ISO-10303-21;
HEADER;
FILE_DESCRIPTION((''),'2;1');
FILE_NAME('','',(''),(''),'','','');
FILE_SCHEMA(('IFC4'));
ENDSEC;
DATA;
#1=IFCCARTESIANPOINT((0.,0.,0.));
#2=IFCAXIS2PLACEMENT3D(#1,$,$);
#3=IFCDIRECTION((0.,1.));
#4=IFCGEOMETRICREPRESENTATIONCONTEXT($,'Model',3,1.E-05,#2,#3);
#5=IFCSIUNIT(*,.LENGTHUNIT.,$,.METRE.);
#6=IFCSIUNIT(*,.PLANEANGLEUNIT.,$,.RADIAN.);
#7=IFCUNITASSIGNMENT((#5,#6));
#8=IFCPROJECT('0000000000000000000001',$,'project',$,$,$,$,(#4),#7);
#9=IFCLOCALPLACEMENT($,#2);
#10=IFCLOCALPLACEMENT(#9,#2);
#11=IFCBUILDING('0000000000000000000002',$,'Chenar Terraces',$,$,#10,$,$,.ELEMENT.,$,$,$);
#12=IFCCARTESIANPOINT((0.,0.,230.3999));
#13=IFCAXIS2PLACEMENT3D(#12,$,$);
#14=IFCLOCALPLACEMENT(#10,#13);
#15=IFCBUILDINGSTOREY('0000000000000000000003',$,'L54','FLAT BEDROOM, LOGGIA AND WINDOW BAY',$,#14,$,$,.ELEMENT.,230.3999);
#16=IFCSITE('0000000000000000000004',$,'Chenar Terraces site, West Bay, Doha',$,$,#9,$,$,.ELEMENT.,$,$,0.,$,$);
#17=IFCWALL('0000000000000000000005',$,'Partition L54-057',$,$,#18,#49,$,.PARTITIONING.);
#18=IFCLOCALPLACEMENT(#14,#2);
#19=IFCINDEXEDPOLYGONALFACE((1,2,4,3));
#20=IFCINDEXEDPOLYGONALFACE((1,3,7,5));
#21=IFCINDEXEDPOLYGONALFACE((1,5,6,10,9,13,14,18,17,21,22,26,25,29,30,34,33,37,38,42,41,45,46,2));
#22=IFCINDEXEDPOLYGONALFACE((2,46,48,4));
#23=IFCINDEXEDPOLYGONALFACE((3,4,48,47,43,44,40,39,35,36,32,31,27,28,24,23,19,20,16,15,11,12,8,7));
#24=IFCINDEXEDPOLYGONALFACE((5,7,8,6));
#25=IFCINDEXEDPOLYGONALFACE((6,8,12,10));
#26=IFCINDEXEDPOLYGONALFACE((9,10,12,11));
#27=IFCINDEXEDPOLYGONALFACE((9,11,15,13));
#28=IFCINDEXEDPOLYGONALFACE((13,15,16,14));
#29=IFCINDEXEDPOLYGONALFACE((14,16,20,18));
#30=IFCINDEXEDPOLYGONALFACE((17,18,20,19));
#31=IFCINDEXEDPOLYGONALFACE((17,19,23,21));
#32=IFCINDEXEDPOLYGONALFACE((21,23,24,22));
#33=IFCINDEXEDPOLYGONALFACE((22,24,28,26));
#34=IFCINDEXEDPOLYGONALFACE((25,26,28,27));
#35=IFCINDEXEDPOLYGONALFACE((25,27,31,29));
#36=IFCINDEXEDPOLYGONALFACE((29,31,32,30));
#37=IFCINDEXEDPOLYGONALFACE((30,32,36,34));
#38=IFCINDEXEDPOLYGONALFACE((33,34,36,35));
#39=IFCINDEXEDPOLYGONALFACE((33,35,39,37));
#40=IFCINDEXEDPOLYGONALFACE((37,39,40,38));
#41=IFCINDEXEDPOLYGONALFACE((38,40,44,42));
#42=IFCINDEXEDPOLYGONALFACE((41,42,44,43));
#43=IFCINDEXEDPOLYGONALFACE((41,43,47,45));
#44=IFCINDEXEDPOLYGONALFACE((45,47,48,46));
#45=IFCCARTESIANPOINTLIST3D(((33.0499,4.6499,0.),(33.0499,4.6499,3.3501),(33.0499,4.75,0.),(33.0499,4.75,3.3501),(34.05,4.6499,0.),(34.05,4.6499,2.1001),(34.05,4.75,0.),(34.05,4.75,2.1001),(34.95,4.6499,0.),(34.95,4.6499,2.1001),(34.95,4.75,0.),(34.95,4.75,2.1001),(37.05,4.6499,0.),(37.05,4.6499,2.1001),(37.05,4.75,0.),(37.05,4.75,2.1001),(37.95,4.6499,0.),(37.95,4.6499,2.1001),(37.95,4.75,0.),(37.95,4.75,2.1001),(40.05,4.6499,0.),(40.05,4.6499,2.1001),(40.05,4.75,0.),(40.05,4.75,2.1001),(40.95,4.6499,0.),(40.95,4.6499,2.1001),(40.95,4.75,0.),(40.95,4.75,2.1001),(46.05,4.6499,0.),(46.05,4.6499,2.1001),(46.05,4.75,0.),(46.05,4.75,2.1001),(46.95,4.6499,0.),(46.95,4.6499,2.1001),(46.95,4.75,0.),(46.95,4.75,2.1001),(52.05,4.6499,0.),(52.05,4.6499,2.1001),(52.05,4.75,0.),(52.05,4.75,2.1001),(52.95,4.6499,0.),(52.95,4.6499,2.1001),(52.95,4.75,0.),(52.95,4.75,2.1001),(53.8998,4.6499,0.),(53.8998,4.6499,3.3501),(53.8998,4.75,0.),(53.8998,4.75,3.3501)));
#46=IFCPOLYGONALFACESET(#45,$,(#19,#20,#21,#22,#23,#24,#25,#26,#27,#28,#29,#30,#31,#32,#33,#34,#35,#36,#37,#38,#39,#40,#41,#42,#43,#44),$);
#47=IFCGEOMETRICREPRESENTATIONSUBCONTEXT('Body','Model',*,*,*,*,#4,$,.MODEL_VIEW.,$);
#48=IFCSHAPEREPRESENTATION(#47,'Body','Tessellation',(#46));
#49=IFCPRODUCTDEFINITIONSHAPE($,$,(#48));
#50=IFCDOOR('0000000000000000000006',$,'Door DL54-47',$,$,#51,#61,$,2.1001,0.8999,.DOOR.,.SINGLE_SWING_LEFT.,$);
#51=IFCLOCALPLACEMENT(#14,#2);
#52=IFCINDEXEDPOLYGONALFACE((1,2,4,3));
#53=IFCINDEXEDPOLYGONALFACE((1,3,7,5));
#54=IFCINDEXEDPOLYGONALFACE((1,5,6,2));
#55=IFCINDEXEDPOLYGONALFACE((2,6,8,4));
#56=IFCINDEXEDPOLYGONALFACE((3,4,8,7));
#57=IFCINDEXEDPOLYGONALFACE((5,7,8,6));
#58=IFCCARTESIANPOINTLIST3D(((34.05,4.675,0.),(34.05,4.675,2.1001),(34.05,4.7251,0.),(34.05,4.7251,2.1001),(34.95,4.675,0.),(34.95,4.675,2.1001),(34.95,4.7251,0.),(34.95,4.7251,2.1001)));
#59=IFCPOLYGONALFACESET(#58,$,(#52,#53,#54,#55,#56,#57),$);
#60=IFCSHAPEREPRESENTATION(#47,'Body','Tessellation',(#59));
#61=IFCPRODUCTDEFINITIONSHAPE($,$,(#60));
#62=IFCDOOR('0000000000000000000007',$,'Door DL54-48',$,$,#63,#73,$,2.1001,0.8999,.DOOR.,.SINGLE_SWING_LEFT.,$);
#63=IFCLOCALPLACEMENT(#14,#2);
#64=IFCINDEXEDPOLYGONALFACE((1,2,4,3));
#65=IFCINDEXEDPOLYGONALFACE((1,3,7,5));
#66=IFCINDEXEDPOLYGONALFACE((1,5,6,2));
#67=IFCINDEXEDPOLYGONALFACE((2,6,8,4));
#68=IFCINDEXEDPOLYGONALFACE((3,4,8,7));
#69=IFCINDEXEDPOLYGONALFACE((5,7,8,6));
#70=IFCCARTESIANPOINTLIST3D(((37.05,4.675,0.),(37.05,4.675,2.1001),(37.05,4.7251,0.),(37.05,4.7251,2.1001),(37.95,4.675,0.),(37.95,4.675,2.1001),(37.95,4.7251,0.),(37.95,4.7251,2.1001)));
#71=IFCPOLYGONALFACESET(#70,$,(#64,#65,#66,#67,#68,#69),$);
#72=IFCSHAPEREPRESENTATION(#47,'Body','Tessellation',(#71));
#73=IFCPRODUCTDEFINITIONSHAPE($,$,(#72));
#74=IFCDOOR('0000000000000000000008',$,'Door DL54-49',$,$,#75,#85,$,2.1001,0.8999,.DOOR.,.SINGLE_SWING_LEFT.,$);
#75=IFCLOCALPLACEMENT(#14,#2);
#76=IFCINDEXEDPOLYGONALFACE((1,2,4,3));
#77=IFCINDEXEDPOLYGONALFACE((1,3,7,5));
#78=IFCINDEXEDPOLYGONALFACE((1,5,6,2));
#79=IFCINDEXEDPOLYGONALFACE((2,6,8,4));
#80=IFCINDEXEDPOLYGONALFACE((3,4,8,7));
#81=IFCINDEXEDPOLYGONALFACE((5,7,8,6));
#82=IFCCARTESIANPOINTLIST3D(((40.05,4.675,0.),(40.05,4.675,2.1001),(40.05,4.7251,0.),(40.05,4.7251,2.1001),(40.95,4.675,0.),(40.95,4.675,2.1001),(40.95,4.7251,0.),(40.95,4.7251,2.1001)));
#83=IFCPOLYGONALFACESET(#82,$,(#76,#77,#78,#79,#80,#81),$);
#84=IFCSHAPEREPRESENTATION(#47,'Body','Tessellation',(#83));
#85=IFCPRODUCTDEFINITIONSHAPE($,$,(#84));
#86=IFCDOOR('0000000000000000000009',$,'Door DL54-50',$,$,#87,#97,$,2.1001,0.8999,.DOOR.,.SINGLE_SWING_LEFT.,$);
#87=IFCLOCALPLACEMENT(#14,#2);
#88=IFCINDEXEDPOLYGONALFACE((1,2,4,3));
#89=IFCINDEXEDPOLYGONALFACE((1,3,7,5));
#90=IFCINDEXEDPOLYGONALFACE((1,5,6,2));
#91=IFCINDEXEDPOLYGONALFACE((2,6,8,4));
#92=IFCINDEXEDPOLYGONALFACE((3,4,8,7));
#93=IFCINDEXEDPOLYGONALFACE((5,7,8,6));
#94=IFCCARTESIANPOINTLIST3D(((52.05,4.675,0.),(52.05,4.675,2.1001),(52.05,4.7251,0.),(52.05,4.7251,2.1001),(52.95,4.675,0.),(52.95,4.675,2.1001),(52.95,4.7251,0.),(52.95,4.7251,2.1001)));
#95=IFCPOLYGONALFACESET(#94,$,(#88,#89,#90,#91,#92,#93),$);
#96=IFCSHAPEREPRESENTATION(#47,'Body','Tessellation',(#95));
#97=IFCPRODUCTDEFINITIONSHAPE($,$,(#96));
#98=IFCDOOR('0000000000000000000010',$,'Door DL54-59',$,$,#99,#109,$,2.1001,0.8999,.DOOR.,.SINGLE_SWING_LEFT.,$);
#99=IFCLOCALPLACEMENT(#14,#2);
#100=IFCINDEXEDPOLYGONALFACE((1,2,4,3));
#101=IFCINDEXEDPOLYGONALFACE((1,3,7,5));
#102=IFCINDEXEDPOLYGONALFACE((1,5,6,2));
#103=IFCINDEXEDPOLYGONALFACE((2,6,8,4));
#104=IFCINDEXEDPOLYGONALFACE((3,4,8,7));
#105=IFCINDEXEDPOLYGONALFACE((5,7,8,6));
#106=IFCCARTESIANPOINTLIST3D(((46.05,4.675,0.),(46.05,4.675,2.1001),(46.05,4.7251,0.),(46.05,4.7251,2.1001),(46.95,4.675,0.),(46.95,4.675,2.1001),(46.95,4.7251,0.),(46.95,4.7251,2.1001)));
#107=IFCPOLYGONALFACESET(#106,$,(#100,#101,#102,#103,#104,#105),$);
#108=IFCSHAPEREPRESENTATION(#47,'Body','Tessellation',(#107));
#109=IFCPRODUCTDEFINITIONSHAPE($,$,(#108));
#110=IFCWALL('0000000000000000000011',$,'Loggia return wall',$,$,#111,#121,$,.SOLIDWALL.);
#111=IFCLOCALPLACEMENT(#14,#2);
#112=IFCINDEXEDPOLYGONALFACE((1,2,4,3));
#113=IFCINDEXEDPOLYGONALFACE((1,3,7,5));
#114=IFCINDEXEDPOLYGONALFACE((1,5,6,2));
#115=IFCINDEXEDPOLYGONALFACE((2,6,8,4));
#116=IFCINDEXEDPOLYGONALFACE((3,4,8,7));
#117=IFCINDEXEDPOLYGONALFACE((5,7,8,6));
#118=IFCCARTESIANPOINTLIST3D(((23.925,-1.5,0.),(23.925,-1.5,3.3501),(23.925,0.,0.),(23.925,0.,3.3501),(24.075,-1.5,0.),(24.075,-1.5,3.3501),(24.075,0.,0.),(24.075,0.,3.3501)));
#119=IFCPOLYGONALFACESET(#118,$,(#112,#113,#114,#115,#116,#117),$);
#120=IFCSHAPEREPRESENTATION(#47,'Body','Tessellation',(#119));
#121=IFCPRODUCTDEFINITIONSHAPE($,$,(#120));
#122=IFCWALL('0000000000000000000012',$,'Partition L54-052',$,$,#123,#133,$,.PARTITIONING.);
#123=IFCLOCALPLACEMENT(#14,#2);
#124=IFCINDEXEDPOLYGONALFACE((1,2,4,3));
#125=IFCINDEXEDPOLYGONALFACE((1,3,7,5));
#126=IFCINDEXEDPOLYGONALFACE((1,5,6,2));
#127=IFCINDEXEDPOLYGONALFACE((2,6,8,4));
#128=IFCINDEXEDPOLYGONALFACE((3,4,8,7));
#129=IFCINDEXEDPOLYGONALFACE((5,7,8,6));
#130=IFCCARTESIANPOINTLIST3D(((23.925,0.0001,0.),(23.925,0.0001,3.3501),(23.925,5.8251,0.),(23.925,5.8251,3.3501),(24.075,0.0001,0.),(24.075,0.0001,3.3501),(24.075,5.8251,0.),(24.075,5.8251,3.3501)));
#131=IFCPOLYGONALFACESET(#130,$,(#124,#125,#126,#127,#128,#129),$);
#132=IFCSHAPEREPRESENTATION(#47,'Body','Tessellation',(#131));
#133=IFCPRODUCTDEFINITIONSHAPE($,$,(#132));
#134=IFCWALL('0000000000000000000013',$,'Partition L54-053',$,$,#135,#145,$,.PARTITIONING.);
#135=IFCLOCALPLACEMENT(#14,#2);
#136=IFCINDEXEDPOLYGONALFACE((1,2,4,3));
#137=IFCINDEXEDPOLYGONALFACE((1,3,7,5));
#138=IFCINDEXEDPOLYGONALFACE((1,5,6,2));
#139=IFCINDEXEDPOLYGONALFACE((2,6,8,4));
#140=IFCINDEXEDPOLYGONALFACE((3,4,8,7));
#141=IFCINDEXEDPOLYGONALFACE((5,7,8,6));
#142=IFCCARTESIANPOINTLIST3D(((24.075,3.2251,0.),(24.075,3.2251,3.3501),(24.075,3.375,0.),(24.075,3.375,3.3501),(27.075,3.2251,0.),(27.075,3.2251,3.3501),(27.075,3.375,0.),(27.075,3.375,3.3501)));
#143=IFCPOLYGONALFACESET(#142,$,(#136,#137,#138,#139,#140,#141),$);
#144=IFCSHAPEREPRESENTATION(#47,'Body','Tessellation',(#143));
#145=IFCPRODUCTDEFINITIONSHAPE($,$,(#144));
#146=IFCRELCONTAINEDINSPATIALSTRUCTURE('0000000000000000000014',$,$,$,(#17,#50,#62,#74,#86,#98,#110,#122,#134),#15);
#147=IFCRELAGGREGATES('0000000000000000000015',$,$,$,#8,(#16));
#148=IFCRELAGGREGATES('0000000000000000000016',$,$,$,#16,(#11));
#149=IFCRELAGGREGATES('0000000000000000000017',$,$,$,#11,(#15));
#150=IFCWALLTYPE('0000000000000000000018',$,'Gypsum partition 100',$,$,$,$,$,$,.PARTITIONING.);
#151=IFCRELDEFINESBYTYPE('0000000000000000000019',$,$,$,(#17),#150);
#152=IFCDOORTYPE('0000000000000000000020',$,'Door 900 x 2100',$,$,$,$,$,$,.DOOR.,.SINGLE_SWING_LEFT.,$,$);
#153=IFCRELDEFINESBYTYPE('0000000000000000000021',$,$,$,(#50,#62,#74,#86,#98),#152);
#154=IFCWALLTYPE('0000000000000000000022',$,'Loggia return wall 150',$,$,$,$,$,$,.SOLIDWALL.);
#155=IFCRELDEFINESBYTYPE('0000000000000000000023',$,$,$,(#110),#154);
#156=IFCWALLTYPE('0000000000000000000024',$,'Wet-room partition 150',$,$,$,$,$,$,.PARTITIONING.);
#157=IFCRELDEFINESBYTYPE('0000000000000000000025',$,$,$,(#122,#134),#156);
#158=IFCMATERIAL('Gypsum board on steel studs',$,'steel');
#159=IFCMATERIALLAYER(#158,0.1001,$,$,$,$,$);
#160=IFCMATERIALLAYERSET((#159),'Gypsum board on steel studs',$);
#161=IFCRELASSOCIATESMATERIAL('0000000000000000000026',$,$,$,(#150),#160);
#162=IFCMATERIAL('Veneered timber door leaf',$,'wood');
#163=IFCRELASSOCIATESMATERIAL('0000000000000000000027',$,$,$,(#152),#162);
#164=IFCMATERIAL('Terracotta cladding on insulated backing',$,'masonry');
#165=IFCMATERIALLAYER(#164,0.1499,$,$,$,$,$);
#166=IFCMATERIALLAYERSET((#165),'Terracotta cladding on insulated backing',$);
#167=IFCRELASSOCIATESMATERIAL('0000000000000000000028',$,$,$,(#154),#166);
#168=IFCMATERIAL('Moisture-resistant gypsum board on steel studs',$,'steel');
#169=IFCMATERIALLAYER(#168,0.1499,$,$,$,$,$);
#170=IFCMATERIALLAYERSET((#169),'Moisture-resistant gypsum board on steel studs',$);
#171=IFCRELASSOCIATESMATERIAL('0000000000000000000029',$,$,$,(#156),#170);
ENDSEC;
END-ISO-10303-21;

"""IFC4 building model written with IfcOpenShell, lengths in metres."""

from ifc_helpers import new_model, si_unit, direction, frame, frame_2d, origin, place, context, subcontext, project, spatial, rectangle, extrude, material, layer, layer_set, type_object, element, fill, save


model = new_model("IFC4")

# Units and contexts
model_context = context("Model", 3, precision=1e-05, world=origin(), true_north=direction((0.0, 1.0)))
body_context = subcontext(model_context, "Body", "Model", "MODEL_VIEW")
ifc_project = project(units=[si_unit("LENGTHUNIT", "METRE"), si_unit("PLANEANGLEUNIT", "RADIAN")], contexts=[model_context])

# Site, building, storey
site_placement = place(None, origin())
site = spatial("IfcSite", under=ifc_project, at=site_placement, Name="Chenar Terraces site, West Bay, Doha", CompositionType="ELEMENT", RefElevation=0.0)
building_placement = place(site_placement, origin())
building = spatial("IfcBuilding", under=site, at=building_placement, Name="Chenar Terraces", CompositionType="ELEMENT")
storey_placement = place(building_placement, frame((0.0, 0.0, 230.3999)))
storey = spatial("IfcBuildingStorey", under=building, at=storey_placement, Name="L54", Description="FLAT BEDROOM, LOGGIA AND WINDOW BAY", CompositionType="ELEMENT", Elevation=230.3999)

# Shared definitions
ifc_material_1 = material(Name="Gypsum board on steel studs", Category="steel")
ifc_layer_1 = layer(ifc_material_1, 0.1001)
ifc_layer_set_1 = layer_set([ifc_layer_1], Name="Gypsum board on steel studs")
wall_type_1 = type_object("IfcWallType", Name="Gypsum partition 100", PredefinedType="PARTITIONING", material=ifc_layer_set_1)

# Shared definitions
ifc_material_2 = material(Name="Veneered timber door leaf", Category="wood")
door_type_1 = type_object("IfcDoorType", Name="Door 900 x 2100", OperationType="SINGLE_SWING_LEFT", PredefinedType="DOOR", material=ifc_material_2)

# Wall, openings, doors
wall_1_placement = place(storey_placement, frame((33.05, 4.7, 0.0), z_axis=(0.0, 0.0, 1.0), x_axis=(1.0, 0.0, 0.0)))
wall_1 = element("IfcWall", 1, at=wall_1_placement, inside=storey, type_object=wall_type_1, Name="Partition L54-057", PredefinedType="PARTITIONING", context=body_context, shape_type="SweptSolid", body=[
    extrude(rectangle(XDim=20.8499, YDim=0.1001, at=frame_2d((10.4248, 0.0))), origin(), (0.0, 0.0, 1.0), 3.3501),
])
opening_1_placement = place(wall_1_placement, frame((1.0, 0.0, 0.0)))
opening_1 = element("IfcOpeningElement", 2, at=opening_1_placement, cuts=wall_1, PredefinedType="OPENING", context=body_context, shape_type="SweptSolid", body=[
    extrude(rectangle(XDim=0.8999, YDim=2.1001, at=frame_2d((0.45, 1.05))), frame((0.0, 0.0601, 0.0), z_axis=(0.0, -1.0, 0.0), x_axis=(1.0, 0.0, 0.0)), (0.0, 0.0, 1.0), 0.1201),
])
opening_2_placement = place(wall_1_placement, frame((4.0, 0.0, 0.0)))
opening_2 = element("IfcOpeningElement", 3, at=opening_2_placement, cuts=wall_1, PredefinedType="OPENING", context=body_context, shape_type="SweptSolid", body=[
    extrude(rectangle(XDim=0.8999, YDim=2.1001, at=frame_2d((0.45, 1.05))), frame((0.0, 0.0601, 0.0), z_axis=(0.0, -1.0, 0.0), x_axis=(1.0, 0.0, 0.0)), (0.0, 0.0, 1.0), 0.1201),
])
opening_3_placement = place(wall_1_placement, frame((7.0, 0.0, 0.0)))
opening_3 = element("IfcOpeningElement", 4, at=opening_3_placement, cuts=wall_1, PredefinedType="OPENING", context=body_context, shape_type="SweptSolid", body=[
    extrude(rectangle(XDim=0.8999, YDim=2.1001, at=frame_2d((0.45, 1.05))), frame((0.0, 0.0601, 0.0), z_axis=(0.0, -1.0, 0.0), x_axis=(1.0, 0.0, 0.0)), (0.0, 0.0, 1.0), 0.1201),
])
opening_4_placement = place(wall_1_placement, frame((19.0, 0.0, 0.0)))
opening_4 = element("IfcOpeningElement", 5, at=opening_4_placement, cuts=wall_1, PredefinedType="OPENING", context=body_context, shape_type="SweptSolid", body=[
    extrude(rectangle(XDim=0.8999, YDim=2.1001, at=frame_2d((0.45, 1.05))), frame((0.0, 0.0601, 0.0), z_axis=(0.0, -1.0, 0.0), x_axis=(1.0, 0.0, 0.0)), (0.0, 0.0, 1.0), 0.1201),
])
opening_5_placement = place(wall_1_placement, frame((13.0, 0.0, 0.0)))
opening_5 = element("IfcOpeningElement", 6, at=opening_5_placement, cuts=wall_1, PredefinedType="OPENING", context=body_context, shape_type="SweptSolid", body=[
    extrude(rectangle(XDim=0.8999, YDim=2.1001, at=frame_2d((0.45, 1.05))), frame((0.0, 0.0601, 0.0), z_axis=(0.0, -1.0, 0.0), x_axis=(1.0, 0.0, 0.0)), (0.0, 0.0, 1.0), 0.1201),
])
door_1_placement = place(opening_1_placement, frame((0.8999, 0.0, 0.0), z_axis=(0.0, 0.0, 1.0), x_axis=(-1.0, 0.0, 0.0)))
door_1 = element("IfcDoor", 7, at=door_1_placement, inside=storey, type_object=door_type_1, Name="Door DL54-47", OperationType="SINGLE_SWING_LEFT", OverallHeight=2.1001, OverallWidth=0.8999, PredefinedType="DOOR", context=body_context, shape_type="SweptSolid", body=[
    extrude(rectangle(XDim=0.8999, YDim=2.1001, at=frame_2d((0.45, 1.05))), frame((0.0, 0.0249, 0.0), z_axis=(0.0, -1.0, 0.0), x_axis=(1.0, 0.0, 0.0)), (0.0, 0.0, 1.0), 0.05),
])
fill(opening_1, door_1)
door_2_placement = place(opening_2_placement, frame((0.8999, 0.0, 0.0), z_axis=(0.0, 0.0, 1.0), x_axis=(-1.0, 0.0, 0.0)))
door_2 = element("IfcDoor", 8, at=door_2_placement, inside=storey, type_object=door_type_1, Name="Door DL54-48", OperationType="SINGLE_SWING_LEFT", OverallHeight=2.1001, OverallWidth=0.8999, PredefinedType="DOOR", context=body_context, shape_type="SweptSolid", body=[
    extrude(rectangle(XDim=0.8999, YDim=2.1001, at=frame_2d((0.45, 1.05))), frame((0.0, 0.0249, 0.0), z_axis=(0.0, -1.0, 0.0), x_axis=(1.0, 0.0, 0.0)), (0.0, 0.0, 1.0), 0.05),
])
fill(opening_2, door_2)
door_3_placement = place(opening_3_placement, frame((0.8999, 0.0, 0.0), z_axis=(0.0, 0.0, 1.0), x_axis=(-1.0, 0.0, 0.0)))
door_3 = element("IfcDoor", 9, at=door_3_placement, inside=storey, type_object=door_type_1, Name="Door DL54-49", OperationType="SINGLE_SWING_LEFT", OverallHeight=2.1001, OverallWidth=0.8999, PredefinedType="DOOR", context=body_context, shape_type="SweptSolid", body=[
    extrude(rectangle(XDim=0.8999, YDim=2.1001, at=frame_2d((0.45, 1.05))), frame((0.0, 0.0249, 0.0), z_axis=(0.0, -1.0, 0.0), x_axis=(1.0, 0.0, 0.0)), (0.0, 0.0, 1.0), 0.05),
])
fill(opening_3, door_3)
door_4_placement = place(opening_4_placement, frame((0.8999, 0.0, 0.0), z_axis=(0.0, 0.0, 1.0), x_axis=(-1.0, 0.0, 0.0)))
door_4 = element("IfcDoor", 10, at=door_4_placement, inside=storey, type_object=door_type_1, Name="Door DL54-50", OperationType="SINGLE_SWING_LEFT", OverallHeight=2.1001, OverallWidth=0.8999, PredefinedType="DOOR", context=body_context, shape_type="SweptSolid", body=[
    extrude(rectangle(XDim=0.8999, YDim=2.1001, at=frame_2d((0.45, 1.05))), frame((0.0, 0.0249, 0.0), z_axis=(0.0, -1.0, 0.0), x_axis=(1.0, 0.0, 0.0)), (0.0, 0.0, 1.0), 0.05),
])
fill(opening_4, door_4)
door_5_placement = place(opening_5_placement, frame((0.8999, 0.0, 0.0), z_axis=(0.0, 0.0, 1.0), x_axis=(-1.0, 0.0, 0.0)))
door_5 = element("IfcDoor", 11, at=door_5_placement, inside=storey, type_object=door_type_1, Name="Door DL54-59", OperationType="SINGLE_SWING_LEFT", OverallHeight=2.1001, OverallWidth=0.8999, PredefinedType="DOOR", context=body_context, shape_type="SweptSolid", body=[
    extrude(rectangle(XDim=0.8999, YDim=2.1001, at=frame_2d((0.45, 1.05))), frame((0.0, 0.0249, 0.0), z_axis=(0.0, -1.0, 0.0), x_axis=(1.0, 0.0, 0.0)), (0.0, 0.0, 1.0), 0.05),
])
fill(opening_5, door_5)

# Walls
ifc_material_3 = material(Name="Terracotta cladding on insulated backing", Category="masonry")
ifc_layer_2 = layer(ifc_material_3, 0.1499)
ifc_layer_set_2 = layer_set([ifc_layer_2], Name="Terracotta cladding on insulated backing")
wall_type_2 = type_object("IfcWallType", Name="Loggia return wall 150", PredefinedType="SOLIDWALL", material=ifc_layer_set_2)
wall_2_placement = place(storey_placement, frame((24.0, -1.5, 0.0), z_axis=(0.0, 0.0, 1.0), x_axis=(0.0, 1.0, 0.0)))
element("IfcWall", 12, at=wall_2_placement, inside=storey, type_object=wall_type_2, Name="Loggia return wall", PredefinedType="SOLIDWALL", context=body_context, shape_type="SweptSolid", body=[
    extrude(rectangle(XDim=1.5, YDim=0.1499, at=frame_2d((0.75, 0.0))), origin(), (0.0, 0.0, 1.0), 3.3501),
])
ifc_material_4 = material(Name="Moisture-resistant gypsum board on steel studs", Category="steel")
ifc_layer_3 = layer(ifc_material_4, 0.1499)
ifc_layer_set_3 = layer_set([ifc_layer_3], Name="Moisture-resistant gypsum board on steel studs")
wall_type_3 = type_object("IfcWallType", Name="Wet-room partition 150", PredefinedType="PARTITIONING", material=ifc_layer_set_3)
wall_3_placement = place(storey_placement, frame((24.0, 0.0, 0.0), z_axis=(0.0, 0.0, 1.0), x_axis=(0.0, 1.0, 0.0)))
element("IfcWall", 13, at=wall_3_placement, inside=storey, type_object=wall_type_3, Name="Partition L54-052", PredefinedType="PARTITIONING", context=body_context, shape_type="SweptSolid", body=[
    extrude(rectangle(XDim=5.825, YDim=0.1499, at=frame_2d((2.9126, 0.0))), origin(), (0.0, 0.0, 1.0), 3.3501),
])
wall_4_placement = place(storey_placement, frame((24.075, 3.3, 0.0), z_axis=(0.0, 0.0, 1.0), x_axis=(1.0, 0.0, 0.0)))
element("IfcWall", 14, at=wall_4_placement, inside=storey, type_object=wall_type_3, Name="Partition L54-053", PredefinedType="PARTITIONING", context=body_context, shape_type="SweptSolid", body=[
    extrude(rectangle(XDim=3.0, YDim=0.1499, at=frame_2d((1.5, 0.0))), origin(), (0.0, 0.0, 1.0), 3.3501),
])

save(model, "model.ifc")
